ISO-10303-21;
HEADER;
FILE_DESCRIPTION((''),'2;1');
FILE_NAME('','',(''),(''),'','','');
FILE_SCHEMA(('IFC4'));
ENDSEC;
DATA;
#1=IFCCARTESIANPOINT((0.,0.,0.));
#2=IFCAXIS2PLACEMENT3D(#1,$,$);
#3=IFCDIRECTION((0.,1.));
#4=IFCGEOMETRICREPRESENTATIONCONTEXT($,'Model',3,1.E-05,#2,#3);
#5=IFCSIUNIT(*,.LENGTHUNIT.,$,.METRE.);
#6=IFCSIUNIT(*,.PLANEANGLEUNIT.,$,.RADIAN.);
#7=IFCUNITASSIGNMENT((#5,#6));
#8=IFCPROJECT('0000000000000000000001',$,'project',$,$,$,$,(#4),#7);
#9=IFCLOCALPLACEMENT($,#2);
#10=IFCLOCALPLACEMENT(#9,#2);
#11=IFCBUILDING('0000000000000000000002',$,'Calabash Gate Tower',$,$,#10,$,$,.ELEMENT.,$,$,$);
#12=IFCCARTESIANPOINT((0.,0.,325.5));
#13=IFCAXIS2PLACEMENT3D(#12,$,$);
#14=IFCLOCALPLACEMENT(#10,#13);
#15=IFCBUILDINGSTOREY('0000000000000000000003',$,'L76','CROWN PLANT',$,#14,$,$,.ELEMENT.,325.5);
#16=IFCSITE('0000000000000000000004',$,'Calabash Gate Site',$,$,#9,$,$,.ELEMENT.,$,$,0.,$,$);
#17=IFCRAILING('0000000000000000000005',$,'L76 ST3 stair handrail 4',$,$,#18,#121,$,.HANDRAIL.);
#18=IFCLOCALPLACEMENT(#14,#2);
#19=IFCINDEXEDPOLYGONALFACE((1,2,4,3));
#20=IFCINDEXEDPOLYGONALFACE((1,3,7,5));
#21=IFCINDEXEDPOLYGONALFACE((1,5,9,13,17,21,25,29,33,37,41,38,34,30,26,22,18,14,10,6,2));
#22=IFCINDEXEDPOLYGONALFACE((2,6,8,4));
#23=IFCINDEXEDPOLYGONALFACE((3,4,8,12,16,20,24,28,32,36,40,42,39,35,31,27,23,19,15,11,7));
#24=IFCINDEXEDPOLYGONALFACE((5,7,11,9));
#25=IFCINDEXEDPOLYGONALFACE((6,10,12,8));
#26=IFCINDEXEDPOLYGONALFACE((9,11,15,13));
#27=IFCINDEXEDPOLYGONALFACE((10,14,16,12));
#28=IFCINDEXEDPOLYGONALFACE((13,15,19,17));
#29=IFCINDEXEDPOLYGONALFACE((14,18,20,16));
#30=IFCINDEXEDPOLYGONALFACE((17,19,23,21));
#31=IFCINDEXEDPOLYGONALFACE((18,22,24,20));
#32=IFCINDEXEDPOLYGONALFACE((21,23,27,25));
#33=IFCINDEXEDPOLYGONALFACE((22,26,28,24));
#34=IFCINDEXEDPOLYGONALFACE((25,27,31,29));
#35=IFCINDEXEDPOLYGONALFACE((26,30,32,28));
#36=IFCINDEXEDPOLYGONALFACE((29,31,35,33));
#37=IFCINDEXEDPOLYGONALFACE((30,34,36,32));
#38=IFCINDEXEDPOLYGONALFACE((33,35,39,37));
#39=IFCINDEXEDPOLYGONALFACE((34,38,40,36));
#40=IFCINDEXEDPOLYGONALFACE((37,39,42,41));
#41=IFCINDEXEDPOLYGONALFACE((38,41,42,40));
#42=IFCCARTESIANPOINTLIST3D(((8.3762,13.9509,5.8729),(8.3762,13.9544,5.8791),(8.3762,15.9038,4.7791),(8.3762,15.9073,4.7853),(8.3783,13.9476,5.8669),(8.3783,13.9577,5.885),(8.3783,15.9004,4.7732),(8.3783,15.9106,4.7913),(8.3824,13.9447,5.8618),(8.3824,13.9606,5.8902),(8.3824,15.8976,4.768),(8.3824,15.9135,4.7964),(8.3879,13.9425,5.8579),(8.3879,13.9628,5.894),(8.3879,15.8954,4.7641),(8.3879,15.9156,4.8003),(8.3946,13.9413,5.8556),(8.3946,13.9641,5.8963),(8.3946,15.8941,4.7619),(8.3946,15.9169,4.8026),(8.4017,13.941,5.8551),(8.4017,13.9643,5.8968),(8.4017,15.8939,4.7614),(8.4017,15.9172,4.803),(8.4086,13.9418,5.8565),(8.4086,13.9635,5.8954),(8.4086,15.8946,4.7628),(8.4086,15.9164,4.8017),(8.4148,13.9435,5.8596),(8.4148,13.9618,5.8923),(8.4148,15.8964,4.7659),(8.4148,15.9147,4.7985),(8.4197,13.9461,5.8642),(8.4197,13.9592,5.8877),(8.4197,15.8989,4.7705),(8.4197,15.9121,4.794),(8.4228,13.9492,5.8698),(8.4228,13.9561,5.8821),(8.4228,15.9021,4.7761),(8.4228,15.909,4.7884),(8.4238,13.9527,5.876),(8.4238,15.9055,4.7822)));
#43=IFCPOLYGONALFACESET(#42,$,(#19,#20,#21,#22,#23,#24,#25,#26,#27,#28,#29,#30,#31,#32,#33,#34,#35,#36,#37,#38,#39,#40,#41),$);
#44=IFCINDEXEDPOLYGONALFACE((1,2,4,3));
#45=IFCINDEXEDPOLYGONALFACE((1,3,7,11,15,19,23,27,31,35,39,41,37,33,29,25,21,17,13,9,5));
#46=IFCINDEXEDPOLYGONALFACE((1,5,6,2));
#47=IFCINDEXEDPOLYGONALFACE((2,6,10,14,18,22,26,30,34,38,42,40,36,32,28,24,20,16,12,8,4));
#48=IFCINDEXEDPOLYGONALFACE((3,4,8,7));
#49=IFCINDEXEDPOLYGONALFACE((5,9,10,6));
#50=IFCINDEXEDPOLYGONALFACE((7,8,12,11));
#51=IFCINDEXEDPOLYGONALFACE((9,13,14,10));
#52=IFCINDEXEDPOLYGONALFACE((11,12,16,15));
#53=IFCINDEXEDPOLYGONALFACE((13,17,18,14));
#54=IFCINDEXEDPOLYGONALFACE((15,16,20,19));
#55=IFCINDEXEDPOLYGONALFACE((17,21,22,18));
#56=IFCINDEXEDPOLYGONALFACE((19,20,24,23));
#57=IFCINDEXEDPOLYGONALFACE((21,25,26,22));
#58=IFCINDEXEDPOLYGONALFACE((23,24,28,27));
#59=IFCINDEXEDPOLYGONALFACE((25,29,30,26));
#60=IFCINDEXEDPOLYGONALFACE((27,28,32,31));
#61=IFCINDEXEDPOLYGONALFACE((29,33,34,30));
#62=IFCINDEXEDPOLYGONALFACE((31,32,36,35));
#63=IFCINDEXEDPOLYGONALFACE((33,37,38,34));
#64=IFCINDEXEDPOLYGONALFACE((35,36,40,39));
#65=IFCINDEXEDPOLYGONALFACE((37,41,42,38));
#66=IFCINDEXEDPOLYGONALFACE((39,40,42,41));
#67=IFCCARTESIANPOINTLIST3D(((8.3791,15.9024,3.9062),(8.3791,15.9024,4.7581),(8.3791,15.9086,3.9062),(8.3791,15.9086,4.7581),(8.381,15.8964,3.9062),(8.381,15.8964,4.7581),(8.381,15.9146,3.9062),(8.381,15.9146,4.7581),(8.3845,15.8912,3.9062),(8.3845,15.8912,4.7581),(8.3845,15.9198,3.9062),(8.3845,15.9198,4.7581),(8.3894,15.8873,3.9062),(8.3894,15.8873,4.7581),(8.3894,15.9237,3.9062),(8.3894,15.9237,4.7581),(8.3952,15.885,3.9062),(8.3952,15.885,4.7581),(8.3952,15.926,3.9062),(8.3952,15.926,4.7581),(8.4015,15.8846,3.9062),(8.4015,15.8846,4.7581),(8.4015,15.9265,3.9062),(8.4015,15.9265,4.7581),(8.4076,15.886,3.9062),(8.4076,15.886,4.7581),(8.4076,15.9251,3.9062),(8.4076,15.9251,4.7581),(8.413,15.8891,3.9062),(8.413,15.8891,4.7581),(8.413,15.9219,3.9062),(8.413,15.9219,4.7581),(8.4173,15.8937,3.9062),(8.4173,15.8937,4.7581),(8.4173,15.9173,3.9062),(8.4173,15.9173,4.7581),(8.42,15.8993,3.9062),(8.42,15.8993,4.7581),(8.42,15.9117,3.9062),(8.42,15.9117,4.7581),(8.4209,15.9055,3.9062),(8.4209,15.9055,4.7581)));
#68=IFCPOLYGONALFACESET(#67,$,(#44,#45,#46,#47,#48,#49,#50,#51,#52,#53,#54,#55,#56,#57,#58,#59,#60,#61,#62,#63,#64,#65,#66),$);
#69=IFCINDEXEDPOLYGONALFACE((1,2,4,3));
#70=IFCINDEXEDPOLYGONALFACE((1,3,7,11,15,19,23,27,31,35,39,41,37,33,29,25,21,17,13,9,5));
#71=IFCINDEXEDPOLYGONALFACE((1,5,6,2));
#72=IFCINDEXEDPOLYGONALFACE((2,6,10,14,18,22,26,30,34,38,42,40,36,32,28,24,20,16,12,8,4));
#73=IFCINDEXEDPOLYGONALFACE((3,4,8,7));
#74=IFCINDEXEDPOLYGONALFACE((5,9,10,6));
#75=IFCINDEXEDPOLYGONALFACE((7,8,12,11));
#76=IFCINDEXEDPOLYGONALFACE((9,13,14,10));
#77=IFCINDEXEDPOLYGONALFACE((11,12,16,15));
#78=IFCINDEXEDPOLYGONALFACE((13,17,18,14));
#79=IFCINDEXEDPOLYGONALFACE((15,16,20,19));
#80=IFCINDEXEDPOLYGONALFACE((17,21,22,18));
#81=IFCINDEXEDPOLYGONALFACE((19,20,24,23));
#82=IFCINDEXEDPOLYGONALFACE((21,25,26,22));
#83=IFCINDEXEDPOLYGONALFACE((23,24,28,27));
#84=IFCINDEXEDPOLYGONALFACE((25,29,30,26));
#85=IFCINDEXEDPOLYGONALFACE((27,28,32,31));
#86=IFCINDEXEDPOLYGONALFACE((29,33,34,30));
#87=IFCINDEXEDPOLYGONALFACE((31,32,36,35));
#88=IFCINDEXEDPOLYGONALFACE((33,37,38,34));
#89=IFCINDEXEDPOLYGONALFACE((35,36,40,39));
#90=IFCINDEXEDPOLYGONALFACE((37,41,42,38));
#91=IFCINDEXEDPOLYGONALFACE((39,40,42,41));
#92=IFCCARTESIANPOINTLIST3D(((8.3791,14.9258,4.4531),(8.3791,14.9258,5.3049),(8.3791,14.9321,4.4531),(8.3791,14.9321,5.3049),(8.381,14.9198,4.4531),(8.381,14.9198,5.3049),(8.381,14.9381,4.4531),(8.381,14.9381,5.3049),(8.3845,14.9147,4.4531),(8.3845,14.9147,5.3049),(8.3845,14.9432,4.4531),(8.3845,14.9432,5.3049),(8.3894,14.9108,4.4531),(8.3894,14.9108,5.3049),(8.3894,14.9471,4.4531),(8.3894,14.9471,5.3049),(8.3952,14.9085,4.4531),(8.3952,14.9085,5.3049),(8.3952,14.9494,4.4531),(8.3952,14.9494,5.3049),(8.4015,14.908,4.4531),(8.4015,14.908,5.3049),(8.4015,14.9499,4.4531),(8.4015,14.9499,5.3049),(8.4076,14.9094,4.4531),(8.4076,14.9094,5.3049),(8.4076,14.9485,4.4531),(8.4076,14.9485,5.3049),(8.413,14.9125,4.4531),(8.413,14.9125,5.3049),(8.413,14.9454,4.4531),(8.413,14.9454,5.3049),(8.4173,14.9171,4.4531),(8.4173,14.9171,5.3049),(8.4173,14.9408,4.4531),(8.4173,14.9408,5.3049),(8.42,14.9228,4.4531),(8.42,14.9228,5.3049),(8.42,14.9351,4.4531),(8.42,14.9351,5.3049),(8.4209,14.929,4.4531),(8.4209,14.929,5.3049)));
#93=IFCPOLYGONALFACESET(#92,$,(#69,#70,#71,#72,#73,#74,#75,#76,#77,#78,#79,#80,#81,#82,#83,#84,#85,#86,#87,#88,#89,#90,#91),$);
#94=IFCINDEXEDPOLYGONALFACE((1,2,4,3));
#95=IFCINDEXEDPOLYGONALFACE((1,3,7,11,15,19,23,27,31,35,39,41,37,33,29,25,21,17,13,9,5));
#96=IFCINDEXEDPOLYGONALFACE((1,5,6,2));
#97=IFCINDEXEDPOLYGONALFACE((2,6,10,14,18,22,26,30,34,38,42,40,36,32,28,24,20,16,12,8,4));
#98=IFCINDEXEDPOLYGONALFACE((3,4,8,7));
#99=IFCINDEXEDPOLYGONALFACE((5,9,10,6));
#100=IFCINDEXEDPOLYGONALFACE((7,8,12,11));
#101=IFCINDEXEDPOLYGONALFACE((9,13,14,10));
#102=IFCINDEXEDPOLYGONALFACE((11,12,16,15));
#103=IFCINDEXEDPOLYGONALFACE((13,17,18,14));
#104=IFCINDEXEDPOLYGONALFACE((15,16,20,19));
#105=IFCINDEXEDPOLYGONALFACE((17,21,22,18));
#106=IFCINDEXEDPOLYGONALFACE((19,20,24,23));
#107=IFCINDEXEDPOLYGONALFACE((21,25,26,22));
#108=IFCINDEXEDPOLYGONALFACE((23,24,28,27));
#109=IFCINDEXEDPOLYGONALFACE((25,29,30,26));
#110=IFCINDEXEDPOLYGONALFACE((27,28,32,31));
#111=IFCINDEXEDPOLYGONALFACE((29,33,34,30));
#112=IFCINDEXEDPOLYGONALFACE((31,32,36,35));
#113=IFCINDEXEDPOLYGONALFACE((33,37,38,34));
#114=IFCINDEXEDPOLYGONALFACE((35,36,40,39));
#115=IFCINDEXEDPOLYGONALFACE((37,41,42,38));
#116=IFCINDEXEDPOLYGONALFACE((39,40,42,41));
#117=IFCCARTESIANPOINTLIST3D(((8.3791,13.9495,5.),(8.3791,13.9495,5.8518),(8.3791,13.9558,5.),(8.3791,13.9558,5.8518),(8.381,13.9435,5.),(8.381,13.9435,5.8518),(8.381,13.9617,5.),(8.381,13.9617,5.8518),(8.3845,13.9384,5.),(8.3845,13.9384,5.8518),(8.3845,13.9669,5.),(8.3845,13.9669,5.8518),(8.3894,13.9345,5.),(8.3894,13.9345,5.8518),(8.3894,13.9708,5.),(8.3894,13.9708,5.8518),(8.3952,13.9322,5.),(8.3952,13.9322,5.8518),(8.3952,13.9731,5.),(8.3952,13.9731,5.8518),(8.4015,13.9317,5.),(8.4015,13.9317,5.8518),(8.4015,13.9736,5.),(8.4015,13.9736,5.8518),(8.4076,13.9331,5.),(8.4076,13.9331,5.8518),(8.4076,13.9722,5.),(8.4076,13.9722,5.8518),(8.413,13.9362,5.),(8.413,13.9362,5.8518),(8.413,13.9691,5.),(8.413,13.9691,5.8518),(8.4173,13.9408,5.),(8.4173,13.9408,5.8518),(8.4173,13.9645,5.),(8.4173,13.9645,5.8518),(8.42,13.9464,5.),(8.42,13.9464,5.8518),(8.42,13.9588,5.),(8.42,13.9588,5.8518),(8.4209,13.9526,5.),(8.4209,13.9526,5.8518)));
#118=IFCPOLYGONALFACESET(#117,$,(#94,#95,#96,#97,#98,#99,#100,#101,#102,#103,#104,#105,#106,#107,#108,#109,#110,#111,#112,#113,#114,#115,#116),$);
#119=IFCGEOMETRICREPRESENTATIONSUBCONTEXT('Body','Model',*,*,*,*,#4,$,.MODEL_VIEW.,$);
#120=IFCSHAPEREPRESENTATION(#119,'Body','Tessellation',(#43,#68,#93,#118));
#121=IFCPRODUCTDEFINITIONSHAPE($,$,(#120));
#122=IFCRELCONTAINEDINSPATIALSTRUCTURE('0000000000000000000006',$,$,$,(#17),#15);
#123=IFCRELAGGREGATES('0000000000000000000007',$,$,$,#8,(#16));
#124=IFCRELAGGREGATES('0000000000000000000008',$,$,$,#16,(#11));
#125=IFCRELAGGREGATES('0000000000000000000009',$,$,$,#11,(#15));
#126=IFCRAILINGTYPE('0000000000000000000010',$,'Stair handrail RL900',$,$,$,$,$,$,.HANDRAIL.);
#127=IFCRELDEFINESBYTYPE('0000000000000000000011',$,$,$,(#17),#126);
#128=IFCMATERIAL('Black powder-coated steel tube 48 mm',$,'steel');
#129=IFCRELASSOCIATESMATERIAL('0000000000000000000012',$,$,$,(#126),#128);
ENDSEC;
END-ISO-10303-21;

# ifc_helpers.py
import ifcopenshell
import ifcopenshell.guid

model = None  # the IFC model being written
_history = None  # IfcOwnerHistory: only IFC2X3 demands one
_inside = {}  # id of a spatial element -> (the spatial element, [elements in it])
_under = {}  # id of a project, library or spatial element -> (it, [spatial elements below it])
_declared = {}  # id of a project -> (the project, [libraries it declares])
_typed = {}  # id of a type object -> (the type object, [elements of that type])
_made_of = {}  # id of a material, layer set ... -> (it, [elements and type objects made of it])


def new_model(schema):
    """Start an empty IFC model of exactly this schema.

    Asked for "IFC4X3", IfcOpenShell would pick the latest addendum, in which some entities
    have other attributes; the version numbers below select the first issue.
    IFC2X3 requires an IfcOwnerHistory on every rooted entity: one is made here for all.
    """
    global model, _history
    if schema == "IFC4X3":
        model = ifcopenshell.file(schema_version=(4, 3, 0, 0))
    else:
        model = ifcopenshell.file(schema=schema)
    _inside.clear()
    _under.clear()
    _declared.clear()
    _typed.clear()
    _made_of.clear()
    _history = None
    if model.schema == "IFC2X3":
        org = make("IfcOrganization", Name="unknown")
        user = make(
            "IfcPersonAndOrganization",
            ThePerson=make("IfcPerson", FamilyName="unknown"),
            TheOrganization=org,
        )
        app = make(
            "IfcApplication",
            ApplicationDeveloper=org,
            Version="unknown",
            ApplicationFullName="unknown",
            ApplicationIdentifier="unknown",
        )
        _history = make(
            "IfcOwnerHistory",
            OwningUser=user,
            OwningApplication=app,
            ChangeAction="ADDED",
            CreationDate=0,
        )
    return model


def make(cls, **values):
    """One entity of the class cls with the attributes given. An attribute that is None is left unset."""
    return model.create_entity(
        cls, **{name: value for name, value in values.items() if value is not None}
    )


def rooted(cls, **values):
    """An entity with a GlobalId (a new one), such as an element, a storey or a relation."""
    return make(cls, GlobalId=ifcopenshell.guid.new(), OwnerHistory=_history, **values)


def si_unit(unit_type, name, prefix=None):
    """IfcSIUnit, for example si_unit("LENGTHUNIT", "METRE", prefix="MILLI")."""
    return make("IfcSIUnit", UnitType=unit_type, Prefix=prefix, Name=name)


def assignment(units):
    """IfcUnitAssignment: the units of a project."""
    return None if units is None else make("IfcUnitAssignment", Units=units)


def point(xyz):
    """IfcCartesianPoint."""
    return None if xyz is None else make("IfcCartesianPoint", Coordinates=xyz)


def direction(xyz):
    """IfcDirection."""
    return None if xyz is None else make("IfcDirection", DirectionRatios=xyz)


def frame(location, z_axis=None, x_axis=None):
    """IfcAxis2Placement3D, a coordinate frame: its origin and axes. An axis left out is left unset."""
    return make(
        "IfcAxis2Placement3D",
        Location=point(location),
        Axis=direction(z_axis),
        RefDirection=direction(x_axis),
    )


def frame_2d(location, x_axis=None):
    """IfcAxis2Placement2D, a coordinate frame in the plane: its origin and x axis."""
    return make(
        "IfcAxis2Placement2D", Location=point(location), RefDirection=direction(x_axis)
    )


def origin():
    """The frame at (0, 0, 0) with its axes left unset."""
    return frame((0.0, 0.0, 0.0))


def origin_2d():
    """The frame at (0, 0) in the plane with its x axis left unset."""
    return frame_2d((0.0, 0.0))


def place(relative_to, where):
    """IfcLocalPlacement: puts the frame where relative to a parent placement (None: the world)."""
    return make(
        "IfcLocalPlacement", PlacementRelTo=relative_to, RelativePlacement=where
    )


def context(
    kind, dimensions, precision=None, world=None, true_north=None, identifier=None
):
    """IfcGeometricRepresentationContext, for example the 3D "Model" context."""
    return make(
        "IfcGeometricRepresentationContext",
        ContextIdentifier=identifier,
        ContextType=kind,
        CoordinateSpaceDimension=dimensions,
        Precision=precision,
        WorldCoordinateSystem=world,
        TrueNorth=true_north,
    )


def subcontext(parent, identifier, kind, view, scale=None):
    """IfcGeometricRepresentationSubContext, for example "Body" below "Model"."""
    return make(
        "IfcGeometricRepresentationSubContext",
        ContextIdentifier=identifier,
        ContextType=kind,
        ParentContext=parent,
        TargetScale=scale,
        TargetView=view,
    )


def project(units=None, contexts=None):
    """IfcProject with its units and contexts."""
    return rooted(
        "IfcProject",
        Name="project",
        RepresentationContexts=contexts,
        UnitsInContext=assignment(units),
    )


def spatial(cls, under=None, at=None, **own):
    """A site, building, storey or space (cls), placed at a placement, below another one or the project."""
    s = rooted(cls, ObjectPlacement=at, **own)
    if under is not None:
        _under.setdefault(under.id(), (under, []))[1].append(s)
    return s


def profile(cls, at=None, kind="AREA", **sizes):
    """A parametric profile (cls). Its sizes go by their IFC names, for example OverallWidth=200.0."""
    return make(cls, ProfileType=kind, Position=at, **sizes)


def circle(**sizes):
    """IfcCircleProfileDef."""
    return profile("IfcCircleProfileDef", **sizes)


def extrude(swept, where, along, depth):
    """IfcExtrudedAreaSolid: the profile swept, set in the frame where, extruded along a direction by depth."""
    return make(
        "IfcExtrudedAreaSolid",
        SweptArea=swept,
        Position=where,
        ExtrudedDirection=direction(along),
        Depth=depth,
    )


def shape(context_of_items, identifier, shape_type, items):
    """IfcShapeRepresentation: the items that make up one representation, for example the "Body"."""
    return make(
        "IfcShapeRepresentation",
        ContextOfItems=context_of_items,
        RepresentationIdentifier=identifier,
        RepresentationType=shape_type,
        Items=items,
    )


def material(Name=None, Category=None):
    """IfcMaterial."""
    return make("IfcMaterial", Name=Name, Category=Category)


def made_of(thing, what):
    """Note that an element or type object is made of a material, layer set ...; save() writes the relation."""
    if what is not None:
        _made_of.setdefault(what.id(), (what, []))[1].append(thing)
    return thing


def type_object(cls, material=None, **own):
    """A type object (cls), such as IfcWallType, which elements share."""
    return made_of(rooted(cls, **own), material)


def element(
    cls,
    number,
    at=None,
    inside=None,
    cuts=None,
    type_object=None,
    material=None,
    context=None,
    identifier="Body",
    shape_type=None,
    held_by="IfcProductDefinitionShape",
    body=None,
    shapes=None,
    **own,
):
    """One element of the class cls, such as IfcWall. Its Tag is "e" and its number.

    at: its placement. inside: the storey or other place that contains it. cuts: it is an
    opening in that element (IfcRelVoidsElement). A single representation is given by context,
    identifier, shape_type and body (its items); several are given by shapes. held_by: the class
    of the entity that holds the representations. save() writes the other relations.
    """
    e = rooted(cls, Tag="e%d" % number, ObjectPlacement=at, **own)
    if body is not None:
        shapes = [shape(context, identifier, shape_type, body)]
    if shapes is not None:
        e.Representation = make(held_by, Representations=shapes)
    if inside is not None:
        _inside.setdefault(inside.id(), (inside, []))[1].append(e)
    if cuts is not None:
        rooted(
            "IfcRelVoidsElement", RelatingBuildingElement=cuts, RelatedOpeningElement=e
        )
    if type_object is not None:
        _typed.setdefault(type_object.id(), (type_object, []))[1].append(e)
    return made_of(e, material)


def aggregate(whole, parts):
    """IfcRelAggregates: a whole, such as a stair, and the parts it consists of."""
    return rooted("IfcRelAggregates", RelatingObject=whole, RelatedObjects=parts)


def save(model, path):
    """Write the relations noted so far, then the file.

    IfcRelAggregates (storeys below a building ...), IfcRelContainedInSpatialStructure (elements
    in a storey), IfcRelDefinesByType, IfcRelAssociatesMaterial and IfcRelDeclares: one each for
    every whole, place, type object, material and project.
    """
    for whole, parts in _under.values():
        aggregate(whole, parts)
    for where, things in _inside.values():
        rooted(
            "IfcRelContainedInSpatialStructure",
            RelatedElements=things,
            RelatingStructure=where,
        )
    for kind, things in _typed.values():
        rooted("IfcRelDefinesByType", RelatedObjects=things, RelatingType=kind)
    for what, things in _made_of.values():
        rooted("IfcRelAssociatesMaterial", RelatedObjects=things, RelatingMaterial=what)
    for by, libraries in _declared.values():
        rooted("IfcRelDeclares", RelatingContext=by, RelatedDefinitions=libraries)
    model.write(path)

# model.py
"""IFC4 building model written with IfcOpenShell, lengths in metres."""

from ifc_helpers import new_model, si_unit, direction, frame, origin, origin_2d, place, context, subcontext, project, spatial, circle, extrude, material, type_object, element, save


model = new_model("IFC4")

# Units and contexts
model_context = context("Model", 3, precision=1e-05, world=origin(), true_north=direction((0.0, 1.0)))
body_context = subcontext(model_context, "Body", "Model", "MODEL_VIEW")
ifc_project = project(units=[si_unit("LENGTHUNIT", "METRE"), si_unit("PLANEANGLEUNIT", "RADIAN")], contexts=[model_context])

# Site, building, storey
site_placement = place(None, origin())
site = spatial("IfcSite", under=ifc_project, at=site_placement, Name="Calabash Gate Site", CompositionType="ELEMENT", RefElevation=0.0)
building_placement = place(site_placement, origin())
building = spatial("IfcBuilding", under=site, at=building_placement, Name="Calabash Gate Tower", CompositionType="ELEMENT")
storey_placement = place(building_placement, frame((0.0, 0.0, 325.5)))
storey = spatial("IfcBuildingStorey", under=building, at=storey_placement, Name="L76", Description="CROWN PLANT", CompositionType="ELEMENT", Elevation=325.5)

# Railing
ifc_material_1 = material(Name="Black powder-coated steel tube 48 mm", Category="steel")
railing_type_1 = type_object("IfcRailingType", Name="Stair handrail RL900", PredefinedType="HANDRAIL", material=ifc_material_1)
railing_1_placement = place(storey_placement, frame((8.3999, 15.9055, 3.9062)))
element("IfcRailing", 1, at=railing_1_placement, inside=storey, type_object=railing_type_1, Name="L76 ST3 stair handrail 4", PredefinedType="HANDRAIL", context=body_context, shape_type="SweptSolid", body=[
    extrude(circle(Radius=0.0239, at=origin_2d()), frame((0.0, 0.0, 0.876), z_axis=(0.0, -0.87248, 0.48865), x_axis=(1.0, 0.0, 0.0)), (0.0, 0.0, 1.0), 2.2383),
    extrude(circle(Radius=0.021, at=origin_2d()), origin(), (0.0, 0.0, 1.0), 0.8518),
    extrude(circle(Radius=0.021, at=origin_2d()), frame((0.0, -0.9766, 0.5469)), (0.0, 0.0, 1.0), 0.8518),
    extrude(circle(Radius=0.021, at=origin_2d()), frame((0.0, -1.9529, 1.0938)), (0.0, 0.0, 1.0), 0.8518),
])

save(model, "model.ifc")
